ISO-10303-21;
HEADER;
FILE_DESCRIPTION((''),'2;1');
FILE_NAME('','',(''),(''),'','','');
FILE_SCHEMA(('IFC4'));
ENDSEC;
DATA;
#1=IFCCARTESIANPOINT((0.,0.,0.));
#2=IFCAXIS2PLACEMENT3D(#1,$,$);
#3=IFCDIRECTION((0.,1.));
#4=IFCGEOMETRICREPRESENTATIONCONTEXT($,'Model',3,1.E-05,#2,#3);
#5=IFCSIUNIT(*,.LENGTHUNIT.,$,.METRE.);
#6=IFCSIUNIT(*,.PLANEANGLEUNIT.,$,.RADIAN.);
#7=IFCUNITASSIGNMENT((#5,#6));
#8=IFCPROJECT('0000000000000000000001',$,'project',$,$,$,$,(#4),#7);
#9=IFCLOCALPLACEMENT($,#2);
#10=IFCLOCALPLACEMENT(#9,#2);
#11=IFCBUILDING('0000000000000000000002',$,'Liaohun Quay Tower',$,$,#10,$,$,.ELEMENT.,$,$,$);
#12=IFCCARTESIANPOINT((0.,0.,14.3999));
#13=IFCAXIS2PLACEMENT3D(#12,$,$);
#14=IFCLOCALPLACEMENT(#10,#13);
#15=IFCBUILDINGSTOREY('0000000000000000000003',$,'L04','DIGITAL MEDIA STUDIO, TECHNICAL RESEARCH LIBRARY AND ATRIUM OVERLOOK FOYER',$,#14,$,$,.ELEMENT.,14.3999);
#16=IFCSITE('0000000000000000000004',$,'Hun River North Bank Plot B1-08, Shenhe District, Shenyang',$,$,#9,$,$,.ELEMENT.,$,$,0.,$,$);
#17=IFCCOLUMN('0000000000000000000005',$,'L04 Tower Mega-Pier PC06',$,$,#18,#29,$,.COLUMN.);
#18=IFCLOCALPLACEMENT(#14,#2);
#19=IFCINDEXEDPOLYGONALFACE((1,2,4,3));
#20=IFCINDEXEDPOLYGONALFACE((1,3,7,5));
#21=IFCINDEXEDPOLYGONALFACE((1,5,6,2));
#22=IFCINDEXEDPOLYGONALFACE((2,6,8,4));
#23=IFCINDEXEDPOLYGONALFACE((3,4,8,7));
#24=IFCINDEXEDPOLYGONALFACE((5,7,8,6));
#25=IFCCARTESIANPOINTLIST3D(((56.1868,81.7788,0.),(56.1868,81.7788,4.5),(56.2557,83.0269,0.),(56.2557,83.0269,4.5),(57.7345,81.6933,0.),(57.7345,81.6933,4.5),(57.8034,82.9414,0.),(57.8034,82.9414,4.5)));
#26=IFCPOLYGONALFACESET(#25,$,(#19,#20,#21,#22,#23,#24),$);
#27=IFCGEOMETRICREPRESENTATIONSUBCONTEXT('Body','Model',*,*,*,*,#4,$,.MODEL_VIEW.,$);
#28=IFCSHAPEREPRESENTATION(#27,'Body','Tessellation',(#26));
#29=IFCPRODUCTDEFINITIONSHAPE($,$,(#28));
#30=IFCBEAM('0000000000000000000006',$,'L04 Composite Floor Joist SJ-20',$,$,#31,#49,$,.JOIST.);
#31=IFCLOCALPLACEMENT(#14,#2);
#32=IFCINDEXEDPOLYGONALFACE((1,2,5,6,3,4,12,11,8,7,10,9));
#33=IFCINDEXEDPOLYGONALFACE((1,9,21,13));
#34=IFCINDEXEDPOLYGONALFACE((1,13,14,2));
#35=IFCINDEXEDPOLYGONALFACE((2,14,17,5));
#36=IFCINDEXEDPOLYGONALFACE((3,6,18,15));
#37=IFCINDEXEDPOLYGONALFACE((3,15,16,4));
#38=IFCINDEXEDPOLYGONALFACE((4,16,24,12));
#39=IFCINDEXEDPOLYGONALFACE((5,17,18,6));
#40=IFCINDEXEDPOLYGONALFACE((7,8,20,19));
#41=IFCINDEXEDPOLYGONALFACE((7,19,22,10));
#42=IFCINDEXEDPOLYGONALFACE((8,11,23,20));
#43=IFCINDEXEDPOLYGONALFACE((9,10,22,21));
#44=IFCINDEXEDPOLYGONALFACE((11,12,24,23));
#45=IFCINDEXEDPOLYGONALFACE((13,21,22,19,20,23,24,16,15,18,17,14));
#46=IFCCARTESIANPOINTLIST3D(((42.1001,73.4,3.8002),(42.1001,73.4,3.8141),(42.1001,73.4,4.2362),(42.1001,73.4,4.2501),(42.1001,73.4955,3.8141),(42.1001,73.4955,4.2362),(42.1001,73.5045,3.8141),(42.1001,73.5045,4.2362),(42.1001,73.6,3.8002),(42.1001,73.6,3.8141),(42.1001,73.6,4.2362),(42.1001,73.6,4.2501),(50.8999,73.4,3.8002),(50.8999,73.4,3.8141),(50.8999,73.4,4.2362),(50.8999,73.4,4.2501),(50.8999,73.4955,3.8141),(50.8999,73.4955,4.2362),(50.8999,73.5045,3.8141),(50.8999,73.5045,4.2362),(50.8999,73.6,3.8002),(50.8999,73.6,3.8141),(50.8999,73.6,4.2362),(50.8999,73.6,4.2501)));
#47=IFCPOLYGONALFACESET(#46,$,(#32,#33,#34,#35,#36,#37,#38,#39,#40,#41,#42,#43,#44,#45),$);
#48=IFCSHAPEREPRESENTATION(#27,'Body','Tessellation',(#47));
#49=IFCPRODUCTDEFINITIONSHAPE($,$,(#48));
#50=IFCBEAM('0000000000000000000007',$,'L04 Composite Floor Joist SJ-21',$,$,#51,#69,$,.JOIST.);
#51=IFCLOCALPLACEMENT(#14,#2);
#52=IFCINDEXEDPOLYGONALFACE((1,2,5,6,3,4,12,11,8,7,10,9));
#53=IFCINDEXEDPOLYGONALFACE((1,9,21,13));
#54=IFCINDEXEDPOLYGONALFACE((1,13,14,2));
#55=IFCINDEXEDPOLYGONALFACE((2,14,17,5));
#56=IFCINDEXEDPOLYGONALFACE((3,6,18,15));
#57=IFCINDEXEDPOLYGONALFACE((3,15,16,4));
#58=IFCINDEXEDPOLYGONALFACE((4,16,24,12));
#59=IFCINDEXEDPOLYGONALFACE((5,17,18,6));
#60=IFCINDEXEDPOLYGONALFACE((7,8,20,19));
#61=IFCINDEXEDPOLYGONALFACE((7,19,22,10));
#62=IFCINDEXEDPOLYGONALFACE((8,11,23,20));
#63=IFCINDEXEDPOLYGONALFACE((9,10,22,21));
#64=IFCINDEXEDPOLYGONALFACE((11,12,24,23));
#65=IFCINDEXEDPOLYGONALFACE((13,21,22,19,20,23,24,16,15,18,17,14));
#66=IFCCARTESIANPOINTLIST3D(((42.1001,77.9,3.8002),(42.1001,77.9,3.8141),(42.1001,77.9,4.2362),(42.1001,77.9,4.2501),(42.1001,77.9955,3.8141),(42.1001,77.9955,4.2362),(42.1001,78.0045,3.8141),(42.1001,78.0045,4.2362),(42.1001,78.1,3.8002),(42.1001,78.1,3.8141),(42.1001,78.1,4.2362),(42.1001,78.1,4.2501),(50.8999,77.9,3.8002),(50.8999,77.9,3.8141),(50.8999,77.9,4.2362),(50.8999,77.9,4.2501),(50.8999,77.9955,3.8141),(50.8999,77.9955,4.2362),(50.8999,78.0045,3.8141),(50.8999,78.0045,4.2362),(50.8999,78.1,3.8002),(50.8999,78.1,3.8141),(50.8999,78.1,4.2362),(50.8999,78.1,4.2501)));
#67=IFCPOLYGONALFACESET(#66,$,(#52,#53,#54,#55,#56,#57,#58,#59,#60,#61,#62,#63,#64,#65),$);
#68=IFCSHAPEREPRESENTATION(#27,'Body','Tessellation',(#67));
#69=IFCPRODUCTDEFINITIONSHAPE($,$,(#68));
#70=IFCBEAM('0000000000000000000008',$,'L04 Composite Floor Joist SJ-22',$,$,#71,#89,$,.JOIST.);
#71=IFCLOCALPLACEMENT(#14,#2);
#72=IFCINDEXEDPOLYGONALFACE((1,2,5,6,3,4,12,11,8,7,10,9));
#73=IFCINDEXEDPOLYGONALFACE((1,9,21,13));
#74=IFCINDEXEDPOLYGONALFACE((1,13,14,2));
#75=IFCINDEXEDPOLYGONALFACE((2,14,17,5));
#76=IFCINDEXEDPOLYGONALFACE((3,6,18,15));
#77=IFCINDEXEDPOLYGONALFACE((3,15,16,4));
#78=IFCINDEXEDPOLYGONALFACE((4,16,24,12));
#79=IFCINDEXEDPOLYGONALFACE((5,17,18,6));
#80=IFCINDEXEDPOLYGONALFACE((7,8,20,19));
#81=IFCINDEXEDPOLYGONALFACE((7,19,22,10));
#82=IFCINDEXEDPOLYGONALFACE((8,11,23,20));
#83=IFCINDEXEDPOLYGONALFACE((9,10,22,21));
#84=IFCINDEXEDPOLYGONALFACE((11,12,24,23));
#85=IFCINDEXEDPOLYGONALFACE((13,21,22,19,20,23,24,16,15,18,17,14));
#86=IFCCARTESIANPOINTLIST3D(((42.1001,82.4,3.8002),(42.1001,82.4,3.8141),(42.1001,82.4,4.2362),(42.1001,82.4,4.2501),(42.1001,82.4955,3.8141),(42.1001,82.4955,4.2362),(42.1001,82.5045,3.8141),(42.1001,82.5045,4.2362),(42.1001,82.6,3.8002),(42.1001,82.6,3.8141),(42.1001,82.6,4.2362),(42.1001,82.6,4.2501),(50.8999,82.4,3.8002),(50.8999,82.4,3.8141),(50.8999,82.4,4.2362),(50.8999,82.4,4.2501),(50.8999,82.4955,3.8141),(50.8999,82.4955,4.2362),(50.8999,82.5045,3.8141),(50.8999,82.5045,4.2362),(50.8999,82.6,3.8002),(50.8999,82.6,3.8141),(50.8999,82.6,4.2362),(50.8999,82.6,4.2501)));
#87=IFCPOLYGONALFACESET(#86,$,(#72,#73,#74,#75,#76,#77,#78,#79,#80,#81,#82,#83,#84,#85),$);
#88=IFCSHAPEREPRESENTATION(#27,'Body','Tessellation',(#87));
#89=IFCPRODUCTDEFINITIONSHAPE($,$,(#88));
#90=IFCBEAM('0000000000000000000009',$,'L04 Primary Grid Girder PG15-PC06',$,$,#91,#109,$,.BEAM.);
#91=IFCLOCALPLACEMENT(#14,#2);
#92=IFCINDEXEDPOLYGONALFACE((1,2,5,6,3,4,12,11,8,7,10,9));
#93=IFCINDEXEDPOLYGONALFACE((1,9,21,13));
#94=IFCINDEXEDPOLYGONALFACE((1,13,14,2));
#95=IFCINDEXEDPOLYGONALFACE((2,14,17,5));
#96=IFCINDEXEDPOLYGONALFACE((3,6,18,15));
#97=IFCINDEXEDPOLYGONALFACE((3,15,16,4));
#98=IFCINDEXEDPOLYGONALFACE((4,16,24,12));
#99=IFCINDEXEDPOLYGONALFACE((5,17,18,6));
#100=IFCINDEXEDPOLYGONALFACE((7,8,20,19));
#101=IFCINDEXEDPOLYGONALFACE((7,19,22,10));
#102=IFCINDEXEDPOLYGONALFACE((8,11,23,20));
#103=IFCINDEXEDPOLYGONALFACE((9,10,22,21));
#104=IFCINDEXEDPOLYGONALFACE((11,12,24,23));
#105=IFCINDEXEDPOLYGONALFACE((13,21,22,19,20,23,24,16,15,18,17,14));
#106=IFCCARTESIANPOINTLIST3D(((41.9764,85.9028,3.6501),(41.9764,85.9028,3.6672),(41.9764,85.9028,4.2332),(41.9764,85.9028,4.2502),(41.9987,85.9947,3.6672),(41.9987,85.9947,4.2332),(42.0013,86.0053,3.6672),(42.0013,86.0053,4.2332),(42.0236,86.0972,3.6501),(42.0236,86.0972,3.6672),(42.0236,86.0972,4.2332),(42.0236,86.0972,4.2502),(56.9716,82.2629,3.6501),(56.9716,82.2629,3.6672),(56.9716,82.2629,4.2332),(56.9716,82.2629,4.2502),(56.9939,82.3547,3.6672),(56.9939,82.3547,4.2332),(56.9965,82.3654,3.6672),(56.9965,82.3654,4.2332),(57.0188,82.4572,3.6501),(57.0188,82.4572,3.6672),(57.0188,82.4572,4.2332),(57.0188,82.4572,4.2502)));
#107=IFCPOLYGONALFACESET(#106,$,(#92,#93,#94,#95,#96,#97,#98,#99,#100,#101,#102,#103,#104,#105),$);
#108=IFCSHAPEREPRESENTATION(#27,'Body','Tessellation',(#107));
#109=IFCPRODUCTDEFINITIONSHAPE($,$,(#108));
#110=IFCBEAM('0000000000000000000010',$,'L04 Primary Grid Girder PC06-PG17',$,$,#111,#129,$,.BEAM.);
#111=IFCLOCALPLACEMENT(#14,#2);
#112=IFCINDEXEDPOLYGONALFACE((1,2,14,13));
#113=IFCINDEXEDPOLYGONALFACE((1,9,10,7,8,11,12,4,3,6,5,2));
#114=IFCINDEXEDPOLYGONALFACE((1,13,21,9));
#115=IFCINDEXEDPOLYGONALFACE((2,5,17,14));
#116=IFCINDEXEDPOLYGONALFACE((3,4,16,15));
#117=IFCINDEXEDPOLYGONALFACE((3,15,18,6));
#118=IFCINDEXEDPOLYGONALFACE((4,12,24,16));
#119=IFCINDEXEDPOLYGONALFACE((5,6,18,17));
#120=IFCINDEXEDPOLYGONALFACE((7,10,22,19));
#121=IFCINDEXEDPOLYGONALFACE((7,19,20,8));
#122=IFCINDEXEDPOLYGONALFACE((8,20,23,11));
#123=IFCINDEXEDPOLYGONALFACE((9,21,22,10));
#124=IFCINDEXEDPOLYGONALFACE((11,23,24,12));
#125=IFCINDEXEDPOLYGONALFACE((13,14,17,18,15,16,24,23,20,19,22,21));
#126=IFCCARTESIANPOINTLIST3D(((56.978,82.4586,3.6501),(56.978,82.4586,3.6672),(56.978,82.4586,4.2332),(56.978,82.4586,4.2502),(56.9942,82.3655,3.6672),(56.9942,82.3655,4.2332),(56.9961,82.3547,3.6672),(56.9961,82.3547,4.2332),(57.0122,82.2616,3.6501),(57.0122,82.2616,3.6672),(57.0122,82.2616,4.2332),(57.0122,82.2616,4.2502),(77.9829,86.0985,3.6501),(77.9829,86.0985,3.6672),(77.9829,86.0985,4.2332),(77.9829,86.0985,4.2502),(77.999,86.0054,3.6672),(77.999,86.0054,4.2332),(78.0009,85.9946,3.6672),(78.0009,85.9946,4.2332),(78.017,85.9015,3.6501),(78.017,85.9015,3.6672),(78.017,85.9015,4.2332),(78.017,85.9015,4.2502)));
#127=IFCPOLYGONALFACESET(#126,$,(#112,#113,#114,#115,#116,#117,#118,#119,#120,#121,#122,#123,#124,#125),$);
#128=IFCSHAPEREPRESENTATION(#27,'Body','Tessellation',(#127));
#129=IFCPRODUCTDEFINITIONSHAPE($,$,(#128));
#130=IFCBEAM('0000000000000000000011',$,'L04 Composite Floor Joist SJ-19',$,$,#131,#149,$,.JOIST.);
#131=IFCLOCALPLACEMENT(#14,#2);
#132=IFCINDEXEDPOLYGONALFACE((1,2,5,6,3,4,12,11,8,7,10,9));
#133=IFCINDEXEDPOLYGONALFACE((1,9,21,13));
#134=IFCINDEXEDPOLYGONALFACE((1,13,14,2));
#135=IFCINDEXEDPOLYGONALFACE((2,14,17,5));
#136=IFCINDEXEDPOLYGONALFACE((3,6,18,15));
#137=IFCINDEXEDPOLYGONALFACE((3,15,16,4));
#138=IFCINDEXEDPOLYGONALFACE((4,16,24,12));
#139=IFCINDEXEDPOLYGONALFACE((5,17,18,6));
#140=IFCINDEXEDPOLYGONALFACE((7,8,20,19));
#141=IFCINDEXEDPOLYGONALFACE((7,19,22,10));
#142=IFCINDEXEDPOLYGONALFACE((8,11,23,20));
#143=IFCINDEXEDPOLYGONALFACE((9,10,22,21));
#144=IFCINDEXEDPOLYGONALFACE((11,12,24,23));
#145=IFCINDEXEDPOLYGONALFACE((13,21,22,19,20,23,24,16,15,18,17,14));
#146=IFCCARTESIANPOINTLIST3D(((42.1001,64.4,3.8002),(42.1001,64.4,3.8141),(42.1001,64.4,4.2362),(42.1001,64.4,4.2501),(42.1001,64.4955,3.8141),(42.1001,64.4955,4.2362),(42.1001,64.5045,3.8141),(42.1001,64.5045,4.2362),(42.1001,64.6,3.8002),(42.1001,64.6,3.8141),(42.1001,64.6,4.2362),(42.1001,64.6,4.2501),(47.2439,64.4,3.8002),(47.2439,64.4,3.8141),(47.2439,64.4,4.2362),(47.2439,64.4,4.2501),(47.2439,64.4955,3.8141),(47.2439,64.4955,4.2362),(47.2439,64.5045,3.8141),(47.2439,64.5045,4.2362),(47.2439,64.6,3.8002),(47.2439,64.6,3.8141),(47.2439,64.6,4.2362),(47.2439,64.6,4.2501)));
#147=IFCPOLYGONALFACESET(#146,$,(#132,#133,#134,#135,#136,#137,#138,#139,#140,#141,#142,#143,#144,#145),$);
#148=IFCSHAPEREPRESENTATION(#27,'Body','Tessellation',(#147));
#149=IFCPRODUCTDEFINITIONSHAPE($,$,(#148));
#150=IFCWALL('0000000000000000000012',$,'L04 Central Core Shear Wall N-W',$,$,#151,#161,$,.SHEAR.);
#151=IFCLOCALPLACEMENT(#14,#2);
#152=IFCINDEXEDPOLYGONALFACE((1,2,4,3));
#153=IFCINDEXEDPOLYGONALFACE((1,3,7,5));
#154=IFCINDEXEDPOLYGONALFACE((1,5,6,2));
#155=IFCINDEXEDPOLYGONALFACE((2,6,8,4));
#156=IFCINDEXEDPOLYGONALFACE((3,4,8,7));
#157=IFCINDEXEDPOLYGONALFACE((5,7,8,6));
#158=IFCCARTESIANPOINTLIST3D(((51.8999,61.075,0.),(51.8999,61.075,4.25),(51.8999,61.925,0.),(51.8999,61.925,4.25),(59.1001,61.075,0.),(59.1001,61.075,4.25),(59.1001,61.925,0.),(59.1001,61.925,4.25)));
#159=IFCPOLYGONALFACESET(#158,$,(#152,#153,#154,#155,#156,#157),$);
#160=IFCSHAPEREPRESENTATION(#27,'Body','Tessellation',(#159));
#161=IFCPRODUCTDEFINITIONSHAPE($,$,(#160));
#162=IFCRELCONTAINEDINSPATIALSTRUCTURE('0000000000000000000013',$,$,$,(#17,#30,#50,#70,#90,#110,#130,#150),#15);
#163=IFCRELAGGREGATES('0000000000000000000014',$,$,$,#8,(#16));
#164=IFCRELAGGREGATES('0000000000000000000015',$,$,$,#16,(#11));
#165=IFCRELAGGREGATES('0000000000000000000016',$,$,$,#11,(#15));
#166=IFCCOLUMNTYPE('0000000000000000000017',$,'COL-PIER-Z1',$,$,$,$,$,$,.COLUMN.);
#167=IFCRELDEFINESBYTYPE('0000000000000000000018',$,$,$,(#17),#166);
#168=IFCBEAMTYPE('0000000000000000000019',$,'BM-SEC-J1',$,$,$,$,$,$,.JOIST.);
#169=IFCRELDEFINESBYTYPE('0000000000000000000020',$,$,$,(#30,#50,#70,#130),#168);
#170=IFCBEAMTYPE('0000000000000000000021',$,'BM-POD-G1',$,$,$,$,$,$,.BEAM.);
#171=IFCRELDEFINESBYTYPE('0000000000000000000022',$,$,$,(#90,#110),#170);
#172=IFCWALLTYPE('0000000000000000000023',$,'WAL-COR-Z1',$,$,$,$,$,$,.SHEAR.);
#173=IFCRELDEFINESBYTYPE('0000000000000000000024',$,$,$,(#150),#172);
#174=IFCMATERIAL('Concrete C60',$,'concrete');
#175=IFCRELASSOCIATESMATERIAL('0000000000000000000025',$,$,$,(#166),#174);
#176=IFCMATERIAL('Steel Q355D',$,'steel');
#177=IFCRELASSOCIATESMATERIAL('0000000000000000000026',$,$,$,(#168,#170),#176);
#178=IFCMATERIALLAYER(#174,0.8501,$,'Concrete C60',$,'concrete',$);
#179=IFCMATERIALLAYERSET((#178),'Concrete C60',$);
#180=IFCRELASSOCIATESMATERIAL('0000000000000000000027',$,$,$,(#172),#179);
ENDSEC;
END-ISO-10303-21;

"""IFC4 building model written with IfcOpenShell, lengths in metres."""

from ifc_helpers import new_model, si_unit, direction, frame, frame_2d, origin, origin_2d, place, context, subcontext, project, spatial, rectangle, i_section, extrude, source, transform, mapped, material, layer, layer_set, material_profile, profile_set, type_object, element, save


model = new_model("IFC4")

# Units and contexts
model_context = context("Model", 3, precision=1e-05, world=origin(), true_north=direction((0.0, 1.0)))
body_context = subcontext(model_context, "Body", "Model", "MODEL_VIEW")
ifc_project = project(units=[si_unit("LENGTHUNIT", "METRE"), si_unit("PLANEANGLEUNIT", "RADIAN")], contexts=[model_context])

# Site, building, storey
site_placement = place(None, origin())
site = spatial("IfcSite", under=ifc_project, at=site_placement, Name="Hun River North Bank Plot B1-08, Shenhe District, Shenyang", CompositionType="ELEMENT", RefElevation=0.0)
building_placement = place(site_placement, origin())
building = spatial("IfcBuilding", under=site, at=building_placement, Name="Liaohun Quay Tower", CompositionType="ELEMENT")
storey_placement = place(building_placement, frame((0.0, 0.0, 14.3999)))
storey = spatial("IfcBuildingStorey", under=building, at=storey_placement, Name="L04", Description="DIGITAL MEDIA STUDIO, TECHNICAL RESEARCH LIBRARY AND ATRIUM OVERLOOK FOYER", CompositionType="ELEMENT", Elevation=14.3999)

# Column
ifc_material_1 = material(Name="Concrete C60", Category="concrete")
ifc_material_profile_1 = material_profile(ifc_material_1, rectangle(XDim=1.55, YDim=1.25, at=origin_2d()), Name="RC1550x1250")
ifc_profile_set_1 = profile_set([ifc_material_profile_1], Name="Concrete C60")
column_type = type_object("IfcColumnType", Name="COL-PIER-Z1", PredefinedType="COLUMN", material=ifc_profile_set_1)
shared_shape_1 = source(origin(), body_context, "Body", "SweptSolid", [
    extrude(rectangle(XDim=1.55, YDim=1.25, at=origin_2d()), origin(), (0.0, 0.0, 1.0), 4.5),
])
column_placement = place(storey_placement, frame((56.9951, 82.3601, 0.0), z_axis=(0.0, 0.0, 1.0), x_axis=(-0.998479, 0.055124, 0.0)))
element("IfcColumn", 1, at=column_placement, inside=storey, type_object=column_type, Name="L04 Tower Mega-Pier PC06", PredefinedType="COLUMN", context=body_context, shape_type="MappedRepresentation", body=[
    mapped(shared_shape_1, transform((0.0, 0.0, 0.0), x_axis=(1.0, 0.0, 0.0), y_axis=(0.0, 1.0, 0.0), z_axis=(0.0, 0.0, 1.0), scale=1.0)),
])

# Beams
ifc_material_2 = material(Name="Steel Q355D", Category="steel")
ifc_material_profile_2 = material_profile(ifc_material_2, i_section(OverallWidth=0.2, OverallDepth=0.45, WebThickness=0.009, FlangeThickness=0.0139, at=origin_2d()), Name="HN450x200x9x14")
ifc_profile_set_2 = profile_set([ifc_material_profile_2], Name="Steel Q355D")
beam_type_1 = type_object("IfcBeamType", Name="BM-SEC-J1", PredefinedType="JOIST", material=ifc_profile_set_2)
shared_shape_2 = source(origin(), body_context, "Body", "SweptSolid", [
    extrude(i_section(OverallWidth=0.2, OverallDepth=0.45, WebThickness=0.009, FlangeThickness=0.0139, at=origin_2d()), origin(), (0.0, 0.0, 1.0), 8.7998),
])
for number, where, z_axis, x_axis, name in (
    (2, (42.1001, 73.5, 4.0251), (1.0, 0.0, 0.0), (0.0, 1.0, 0.0), "L04 Composite Floor Joist SJ-20"),
    (3, (42.1001, 78.0, 4.0251), (1.0, 0.0, 0.0), (0.0, 1.0, 0.0), "L04 Composite Floor Joist SJ-21"),
    (4, (42.1001, 82.5, 4.0251), (1.0, 0.0, 0.0), (0.0, 1.0, 0.0), "L04 Composite Floor Joist SJ-22"),
):
    element("IfcBeam", number, at=place(storey_placement, frame(where, z_axis=z_axis, x_axis=x_axis)), inside=storey, type_object=beam_type_1, Name=name, PredefinedType="JOIST", context=body_context, shape_type="MappedRepresentation", body=[
        mapped(shared_shape_2, transform((0.0, 0.0, 0.0), x_axis=(1.0, 0.0, 0.0), y_axis=(0.0, 1.0, 0.0), z_axis=(0.0, 0.0, 1.0), scale=1.0)),
    ])
ifc_material_profile_3 = material_profile(ifc_material_2, i_section(OverallWidth=0.2, OverallDepth=0.6001, WebThickness=0.011, FlangeThickness=0.0171, at=origin_2d()), Name="HN600x200x11x17")
ifc_profile_set_3 = profile_set([ifc_material_profile_3], Name="Steel Q355D")
beam_type_2 = type_object("IfcBeamType", Name="BM-POD-G1", PredefinedType="BEAM", material=ifc_profile_set_3)
shared_shape_3 = source(origin(), body_context, "Body", "SweptSolid", [
    extrude(i_section(OverallWidth=0.2, OverallDepth=0.6001, WebThickness=0.011, FlangeThickness=0.0171, at=origin_2d()), origin(), (0.0, 0.0, 1.0), 15.4307),
])
beam_1_placement = place(storey_placement, frame((42.0, 86.0, 3.9502), z_axis=(0.97178, -0.235888, 0.0), x_axis=(0.235888, 0.97178, 0.0)))
element("IfcBeam", 5, at=beam_1_placement, inside=storey, type_object=beam_type_2, Name="L04 Primary Grid Girder PG15-PC06", PredefinedType="BEAM", context=body_context, shape_type="MappedRepresentation", body=[
    mapped(shared_shape_3, transform((0.0, 0.0, 0.0), x_axis=(1.0, 0.0, 0.0), y_axis=(0.0, 1.0, 0.0), z_axis=(0.0, 0.0, 1.0), scale=1.0)),
])
shared_shape_4 = source(origin(), body_context, "Body", "SweptSolid", [
    extrude(i_section(OverallWidth=0.2, OverallDepth=0.6001, WebThickness=0.011, FlangeThickness=0.0171, at=origin_2d()), origin(), (0.0, 0.0, 1.0), 21.3179),
])
beam_2_placement = place(storey_placement, frame((56.9951, 82.3601, 3.9502), z_axis=(0.985316, 0.170743, 0.0), x_axis=(-0.170743, 0.985316, 0.0)))
element("IfcBeam", 6, at=beam_2_placement, inside=storey, type_object=beam_type_2, Name="L04 Primary Grid Girder PC06-PG17", PredefinedType="BEAM", context=body_context, shape_type="MappedRepresentation", body=[
    mapped(shared_shape_4, transform((0.0, 0.0, 0.0), x_axis=(1.0, 0.0, 0.0), y_axis=(0.0, 1.0, 0.0), z_axis=(0.0, 0.0, 1.0), scale=1.0)),
])
shared_shape_5 = source(origin(), body_context, "Body", "SweptSolid", [
    extrude(i_section(OverallWidth=0.2, OverallDepth=0.45, WebThickness=0.009, FlangeThickness=0.0139, at=origin_2d()), origin(), (0.0, 0.0, 1.0), 5.1438),
])
beam_3_placement = place(storey_placement, frame((42.1001, 64.5, 4.0251), z_axis=(1.0, 0.0, 0.0), x_axis=(0.0, 1.0, 0.0)))
element("IfcBeam", 7, at=beam_3_placement, inside=storey, type_object=beam_type_1, Name="L04 Composite Floor Joist SJ-19", PredefinedType="JOIST", context=body_context, shape_type="MappedRepresentation", body=[
    mapped(shared_shape_5, transform((0.0, 0.0, 0.0), x_axis=(1.0, 0.0, 0.0), y_axis=(0.0, 1.0, 0.0), z_axis=(0.0, 0.0, 1.0), scale=1.0)),
])

# Wall
ifc_layer_1 = layer(ifc_material_1, 0.8501, Name="Concrete C60", Category="concrete")
ifc_layer_set_1 = layer_set([ifc_layer_1], Name="Concrete C60")
wall_type_1 = type_object("IfcWallType", Name="WAL-COR-Z1", PredefinedType="SHEAR", material=ifc_layer_set_1)
wall_1_placement = place(storey_placement, frame((51.8999, 61.5, 0.0), z_axis=(0.0, 0.0, 1.0), x_axis=(1.0, 0.0, 0.0)))
element("IfcWall", 8, at=wall_1_placement, inside=storey, type_object=wall_type_1, Name="L04 Central Core Shear Wall N-W", PredefinedType="SHEAR", context=body_context, shape_type="SweptSolid", body=[
    extrude(rectangle(XDim=7.2002, YDim=0.8501, at=frame_2d((3.6001, 0.0))), origin(), (0.0, 0.0, 1.0), 4.25),
])

save(model, "model.ifc")
